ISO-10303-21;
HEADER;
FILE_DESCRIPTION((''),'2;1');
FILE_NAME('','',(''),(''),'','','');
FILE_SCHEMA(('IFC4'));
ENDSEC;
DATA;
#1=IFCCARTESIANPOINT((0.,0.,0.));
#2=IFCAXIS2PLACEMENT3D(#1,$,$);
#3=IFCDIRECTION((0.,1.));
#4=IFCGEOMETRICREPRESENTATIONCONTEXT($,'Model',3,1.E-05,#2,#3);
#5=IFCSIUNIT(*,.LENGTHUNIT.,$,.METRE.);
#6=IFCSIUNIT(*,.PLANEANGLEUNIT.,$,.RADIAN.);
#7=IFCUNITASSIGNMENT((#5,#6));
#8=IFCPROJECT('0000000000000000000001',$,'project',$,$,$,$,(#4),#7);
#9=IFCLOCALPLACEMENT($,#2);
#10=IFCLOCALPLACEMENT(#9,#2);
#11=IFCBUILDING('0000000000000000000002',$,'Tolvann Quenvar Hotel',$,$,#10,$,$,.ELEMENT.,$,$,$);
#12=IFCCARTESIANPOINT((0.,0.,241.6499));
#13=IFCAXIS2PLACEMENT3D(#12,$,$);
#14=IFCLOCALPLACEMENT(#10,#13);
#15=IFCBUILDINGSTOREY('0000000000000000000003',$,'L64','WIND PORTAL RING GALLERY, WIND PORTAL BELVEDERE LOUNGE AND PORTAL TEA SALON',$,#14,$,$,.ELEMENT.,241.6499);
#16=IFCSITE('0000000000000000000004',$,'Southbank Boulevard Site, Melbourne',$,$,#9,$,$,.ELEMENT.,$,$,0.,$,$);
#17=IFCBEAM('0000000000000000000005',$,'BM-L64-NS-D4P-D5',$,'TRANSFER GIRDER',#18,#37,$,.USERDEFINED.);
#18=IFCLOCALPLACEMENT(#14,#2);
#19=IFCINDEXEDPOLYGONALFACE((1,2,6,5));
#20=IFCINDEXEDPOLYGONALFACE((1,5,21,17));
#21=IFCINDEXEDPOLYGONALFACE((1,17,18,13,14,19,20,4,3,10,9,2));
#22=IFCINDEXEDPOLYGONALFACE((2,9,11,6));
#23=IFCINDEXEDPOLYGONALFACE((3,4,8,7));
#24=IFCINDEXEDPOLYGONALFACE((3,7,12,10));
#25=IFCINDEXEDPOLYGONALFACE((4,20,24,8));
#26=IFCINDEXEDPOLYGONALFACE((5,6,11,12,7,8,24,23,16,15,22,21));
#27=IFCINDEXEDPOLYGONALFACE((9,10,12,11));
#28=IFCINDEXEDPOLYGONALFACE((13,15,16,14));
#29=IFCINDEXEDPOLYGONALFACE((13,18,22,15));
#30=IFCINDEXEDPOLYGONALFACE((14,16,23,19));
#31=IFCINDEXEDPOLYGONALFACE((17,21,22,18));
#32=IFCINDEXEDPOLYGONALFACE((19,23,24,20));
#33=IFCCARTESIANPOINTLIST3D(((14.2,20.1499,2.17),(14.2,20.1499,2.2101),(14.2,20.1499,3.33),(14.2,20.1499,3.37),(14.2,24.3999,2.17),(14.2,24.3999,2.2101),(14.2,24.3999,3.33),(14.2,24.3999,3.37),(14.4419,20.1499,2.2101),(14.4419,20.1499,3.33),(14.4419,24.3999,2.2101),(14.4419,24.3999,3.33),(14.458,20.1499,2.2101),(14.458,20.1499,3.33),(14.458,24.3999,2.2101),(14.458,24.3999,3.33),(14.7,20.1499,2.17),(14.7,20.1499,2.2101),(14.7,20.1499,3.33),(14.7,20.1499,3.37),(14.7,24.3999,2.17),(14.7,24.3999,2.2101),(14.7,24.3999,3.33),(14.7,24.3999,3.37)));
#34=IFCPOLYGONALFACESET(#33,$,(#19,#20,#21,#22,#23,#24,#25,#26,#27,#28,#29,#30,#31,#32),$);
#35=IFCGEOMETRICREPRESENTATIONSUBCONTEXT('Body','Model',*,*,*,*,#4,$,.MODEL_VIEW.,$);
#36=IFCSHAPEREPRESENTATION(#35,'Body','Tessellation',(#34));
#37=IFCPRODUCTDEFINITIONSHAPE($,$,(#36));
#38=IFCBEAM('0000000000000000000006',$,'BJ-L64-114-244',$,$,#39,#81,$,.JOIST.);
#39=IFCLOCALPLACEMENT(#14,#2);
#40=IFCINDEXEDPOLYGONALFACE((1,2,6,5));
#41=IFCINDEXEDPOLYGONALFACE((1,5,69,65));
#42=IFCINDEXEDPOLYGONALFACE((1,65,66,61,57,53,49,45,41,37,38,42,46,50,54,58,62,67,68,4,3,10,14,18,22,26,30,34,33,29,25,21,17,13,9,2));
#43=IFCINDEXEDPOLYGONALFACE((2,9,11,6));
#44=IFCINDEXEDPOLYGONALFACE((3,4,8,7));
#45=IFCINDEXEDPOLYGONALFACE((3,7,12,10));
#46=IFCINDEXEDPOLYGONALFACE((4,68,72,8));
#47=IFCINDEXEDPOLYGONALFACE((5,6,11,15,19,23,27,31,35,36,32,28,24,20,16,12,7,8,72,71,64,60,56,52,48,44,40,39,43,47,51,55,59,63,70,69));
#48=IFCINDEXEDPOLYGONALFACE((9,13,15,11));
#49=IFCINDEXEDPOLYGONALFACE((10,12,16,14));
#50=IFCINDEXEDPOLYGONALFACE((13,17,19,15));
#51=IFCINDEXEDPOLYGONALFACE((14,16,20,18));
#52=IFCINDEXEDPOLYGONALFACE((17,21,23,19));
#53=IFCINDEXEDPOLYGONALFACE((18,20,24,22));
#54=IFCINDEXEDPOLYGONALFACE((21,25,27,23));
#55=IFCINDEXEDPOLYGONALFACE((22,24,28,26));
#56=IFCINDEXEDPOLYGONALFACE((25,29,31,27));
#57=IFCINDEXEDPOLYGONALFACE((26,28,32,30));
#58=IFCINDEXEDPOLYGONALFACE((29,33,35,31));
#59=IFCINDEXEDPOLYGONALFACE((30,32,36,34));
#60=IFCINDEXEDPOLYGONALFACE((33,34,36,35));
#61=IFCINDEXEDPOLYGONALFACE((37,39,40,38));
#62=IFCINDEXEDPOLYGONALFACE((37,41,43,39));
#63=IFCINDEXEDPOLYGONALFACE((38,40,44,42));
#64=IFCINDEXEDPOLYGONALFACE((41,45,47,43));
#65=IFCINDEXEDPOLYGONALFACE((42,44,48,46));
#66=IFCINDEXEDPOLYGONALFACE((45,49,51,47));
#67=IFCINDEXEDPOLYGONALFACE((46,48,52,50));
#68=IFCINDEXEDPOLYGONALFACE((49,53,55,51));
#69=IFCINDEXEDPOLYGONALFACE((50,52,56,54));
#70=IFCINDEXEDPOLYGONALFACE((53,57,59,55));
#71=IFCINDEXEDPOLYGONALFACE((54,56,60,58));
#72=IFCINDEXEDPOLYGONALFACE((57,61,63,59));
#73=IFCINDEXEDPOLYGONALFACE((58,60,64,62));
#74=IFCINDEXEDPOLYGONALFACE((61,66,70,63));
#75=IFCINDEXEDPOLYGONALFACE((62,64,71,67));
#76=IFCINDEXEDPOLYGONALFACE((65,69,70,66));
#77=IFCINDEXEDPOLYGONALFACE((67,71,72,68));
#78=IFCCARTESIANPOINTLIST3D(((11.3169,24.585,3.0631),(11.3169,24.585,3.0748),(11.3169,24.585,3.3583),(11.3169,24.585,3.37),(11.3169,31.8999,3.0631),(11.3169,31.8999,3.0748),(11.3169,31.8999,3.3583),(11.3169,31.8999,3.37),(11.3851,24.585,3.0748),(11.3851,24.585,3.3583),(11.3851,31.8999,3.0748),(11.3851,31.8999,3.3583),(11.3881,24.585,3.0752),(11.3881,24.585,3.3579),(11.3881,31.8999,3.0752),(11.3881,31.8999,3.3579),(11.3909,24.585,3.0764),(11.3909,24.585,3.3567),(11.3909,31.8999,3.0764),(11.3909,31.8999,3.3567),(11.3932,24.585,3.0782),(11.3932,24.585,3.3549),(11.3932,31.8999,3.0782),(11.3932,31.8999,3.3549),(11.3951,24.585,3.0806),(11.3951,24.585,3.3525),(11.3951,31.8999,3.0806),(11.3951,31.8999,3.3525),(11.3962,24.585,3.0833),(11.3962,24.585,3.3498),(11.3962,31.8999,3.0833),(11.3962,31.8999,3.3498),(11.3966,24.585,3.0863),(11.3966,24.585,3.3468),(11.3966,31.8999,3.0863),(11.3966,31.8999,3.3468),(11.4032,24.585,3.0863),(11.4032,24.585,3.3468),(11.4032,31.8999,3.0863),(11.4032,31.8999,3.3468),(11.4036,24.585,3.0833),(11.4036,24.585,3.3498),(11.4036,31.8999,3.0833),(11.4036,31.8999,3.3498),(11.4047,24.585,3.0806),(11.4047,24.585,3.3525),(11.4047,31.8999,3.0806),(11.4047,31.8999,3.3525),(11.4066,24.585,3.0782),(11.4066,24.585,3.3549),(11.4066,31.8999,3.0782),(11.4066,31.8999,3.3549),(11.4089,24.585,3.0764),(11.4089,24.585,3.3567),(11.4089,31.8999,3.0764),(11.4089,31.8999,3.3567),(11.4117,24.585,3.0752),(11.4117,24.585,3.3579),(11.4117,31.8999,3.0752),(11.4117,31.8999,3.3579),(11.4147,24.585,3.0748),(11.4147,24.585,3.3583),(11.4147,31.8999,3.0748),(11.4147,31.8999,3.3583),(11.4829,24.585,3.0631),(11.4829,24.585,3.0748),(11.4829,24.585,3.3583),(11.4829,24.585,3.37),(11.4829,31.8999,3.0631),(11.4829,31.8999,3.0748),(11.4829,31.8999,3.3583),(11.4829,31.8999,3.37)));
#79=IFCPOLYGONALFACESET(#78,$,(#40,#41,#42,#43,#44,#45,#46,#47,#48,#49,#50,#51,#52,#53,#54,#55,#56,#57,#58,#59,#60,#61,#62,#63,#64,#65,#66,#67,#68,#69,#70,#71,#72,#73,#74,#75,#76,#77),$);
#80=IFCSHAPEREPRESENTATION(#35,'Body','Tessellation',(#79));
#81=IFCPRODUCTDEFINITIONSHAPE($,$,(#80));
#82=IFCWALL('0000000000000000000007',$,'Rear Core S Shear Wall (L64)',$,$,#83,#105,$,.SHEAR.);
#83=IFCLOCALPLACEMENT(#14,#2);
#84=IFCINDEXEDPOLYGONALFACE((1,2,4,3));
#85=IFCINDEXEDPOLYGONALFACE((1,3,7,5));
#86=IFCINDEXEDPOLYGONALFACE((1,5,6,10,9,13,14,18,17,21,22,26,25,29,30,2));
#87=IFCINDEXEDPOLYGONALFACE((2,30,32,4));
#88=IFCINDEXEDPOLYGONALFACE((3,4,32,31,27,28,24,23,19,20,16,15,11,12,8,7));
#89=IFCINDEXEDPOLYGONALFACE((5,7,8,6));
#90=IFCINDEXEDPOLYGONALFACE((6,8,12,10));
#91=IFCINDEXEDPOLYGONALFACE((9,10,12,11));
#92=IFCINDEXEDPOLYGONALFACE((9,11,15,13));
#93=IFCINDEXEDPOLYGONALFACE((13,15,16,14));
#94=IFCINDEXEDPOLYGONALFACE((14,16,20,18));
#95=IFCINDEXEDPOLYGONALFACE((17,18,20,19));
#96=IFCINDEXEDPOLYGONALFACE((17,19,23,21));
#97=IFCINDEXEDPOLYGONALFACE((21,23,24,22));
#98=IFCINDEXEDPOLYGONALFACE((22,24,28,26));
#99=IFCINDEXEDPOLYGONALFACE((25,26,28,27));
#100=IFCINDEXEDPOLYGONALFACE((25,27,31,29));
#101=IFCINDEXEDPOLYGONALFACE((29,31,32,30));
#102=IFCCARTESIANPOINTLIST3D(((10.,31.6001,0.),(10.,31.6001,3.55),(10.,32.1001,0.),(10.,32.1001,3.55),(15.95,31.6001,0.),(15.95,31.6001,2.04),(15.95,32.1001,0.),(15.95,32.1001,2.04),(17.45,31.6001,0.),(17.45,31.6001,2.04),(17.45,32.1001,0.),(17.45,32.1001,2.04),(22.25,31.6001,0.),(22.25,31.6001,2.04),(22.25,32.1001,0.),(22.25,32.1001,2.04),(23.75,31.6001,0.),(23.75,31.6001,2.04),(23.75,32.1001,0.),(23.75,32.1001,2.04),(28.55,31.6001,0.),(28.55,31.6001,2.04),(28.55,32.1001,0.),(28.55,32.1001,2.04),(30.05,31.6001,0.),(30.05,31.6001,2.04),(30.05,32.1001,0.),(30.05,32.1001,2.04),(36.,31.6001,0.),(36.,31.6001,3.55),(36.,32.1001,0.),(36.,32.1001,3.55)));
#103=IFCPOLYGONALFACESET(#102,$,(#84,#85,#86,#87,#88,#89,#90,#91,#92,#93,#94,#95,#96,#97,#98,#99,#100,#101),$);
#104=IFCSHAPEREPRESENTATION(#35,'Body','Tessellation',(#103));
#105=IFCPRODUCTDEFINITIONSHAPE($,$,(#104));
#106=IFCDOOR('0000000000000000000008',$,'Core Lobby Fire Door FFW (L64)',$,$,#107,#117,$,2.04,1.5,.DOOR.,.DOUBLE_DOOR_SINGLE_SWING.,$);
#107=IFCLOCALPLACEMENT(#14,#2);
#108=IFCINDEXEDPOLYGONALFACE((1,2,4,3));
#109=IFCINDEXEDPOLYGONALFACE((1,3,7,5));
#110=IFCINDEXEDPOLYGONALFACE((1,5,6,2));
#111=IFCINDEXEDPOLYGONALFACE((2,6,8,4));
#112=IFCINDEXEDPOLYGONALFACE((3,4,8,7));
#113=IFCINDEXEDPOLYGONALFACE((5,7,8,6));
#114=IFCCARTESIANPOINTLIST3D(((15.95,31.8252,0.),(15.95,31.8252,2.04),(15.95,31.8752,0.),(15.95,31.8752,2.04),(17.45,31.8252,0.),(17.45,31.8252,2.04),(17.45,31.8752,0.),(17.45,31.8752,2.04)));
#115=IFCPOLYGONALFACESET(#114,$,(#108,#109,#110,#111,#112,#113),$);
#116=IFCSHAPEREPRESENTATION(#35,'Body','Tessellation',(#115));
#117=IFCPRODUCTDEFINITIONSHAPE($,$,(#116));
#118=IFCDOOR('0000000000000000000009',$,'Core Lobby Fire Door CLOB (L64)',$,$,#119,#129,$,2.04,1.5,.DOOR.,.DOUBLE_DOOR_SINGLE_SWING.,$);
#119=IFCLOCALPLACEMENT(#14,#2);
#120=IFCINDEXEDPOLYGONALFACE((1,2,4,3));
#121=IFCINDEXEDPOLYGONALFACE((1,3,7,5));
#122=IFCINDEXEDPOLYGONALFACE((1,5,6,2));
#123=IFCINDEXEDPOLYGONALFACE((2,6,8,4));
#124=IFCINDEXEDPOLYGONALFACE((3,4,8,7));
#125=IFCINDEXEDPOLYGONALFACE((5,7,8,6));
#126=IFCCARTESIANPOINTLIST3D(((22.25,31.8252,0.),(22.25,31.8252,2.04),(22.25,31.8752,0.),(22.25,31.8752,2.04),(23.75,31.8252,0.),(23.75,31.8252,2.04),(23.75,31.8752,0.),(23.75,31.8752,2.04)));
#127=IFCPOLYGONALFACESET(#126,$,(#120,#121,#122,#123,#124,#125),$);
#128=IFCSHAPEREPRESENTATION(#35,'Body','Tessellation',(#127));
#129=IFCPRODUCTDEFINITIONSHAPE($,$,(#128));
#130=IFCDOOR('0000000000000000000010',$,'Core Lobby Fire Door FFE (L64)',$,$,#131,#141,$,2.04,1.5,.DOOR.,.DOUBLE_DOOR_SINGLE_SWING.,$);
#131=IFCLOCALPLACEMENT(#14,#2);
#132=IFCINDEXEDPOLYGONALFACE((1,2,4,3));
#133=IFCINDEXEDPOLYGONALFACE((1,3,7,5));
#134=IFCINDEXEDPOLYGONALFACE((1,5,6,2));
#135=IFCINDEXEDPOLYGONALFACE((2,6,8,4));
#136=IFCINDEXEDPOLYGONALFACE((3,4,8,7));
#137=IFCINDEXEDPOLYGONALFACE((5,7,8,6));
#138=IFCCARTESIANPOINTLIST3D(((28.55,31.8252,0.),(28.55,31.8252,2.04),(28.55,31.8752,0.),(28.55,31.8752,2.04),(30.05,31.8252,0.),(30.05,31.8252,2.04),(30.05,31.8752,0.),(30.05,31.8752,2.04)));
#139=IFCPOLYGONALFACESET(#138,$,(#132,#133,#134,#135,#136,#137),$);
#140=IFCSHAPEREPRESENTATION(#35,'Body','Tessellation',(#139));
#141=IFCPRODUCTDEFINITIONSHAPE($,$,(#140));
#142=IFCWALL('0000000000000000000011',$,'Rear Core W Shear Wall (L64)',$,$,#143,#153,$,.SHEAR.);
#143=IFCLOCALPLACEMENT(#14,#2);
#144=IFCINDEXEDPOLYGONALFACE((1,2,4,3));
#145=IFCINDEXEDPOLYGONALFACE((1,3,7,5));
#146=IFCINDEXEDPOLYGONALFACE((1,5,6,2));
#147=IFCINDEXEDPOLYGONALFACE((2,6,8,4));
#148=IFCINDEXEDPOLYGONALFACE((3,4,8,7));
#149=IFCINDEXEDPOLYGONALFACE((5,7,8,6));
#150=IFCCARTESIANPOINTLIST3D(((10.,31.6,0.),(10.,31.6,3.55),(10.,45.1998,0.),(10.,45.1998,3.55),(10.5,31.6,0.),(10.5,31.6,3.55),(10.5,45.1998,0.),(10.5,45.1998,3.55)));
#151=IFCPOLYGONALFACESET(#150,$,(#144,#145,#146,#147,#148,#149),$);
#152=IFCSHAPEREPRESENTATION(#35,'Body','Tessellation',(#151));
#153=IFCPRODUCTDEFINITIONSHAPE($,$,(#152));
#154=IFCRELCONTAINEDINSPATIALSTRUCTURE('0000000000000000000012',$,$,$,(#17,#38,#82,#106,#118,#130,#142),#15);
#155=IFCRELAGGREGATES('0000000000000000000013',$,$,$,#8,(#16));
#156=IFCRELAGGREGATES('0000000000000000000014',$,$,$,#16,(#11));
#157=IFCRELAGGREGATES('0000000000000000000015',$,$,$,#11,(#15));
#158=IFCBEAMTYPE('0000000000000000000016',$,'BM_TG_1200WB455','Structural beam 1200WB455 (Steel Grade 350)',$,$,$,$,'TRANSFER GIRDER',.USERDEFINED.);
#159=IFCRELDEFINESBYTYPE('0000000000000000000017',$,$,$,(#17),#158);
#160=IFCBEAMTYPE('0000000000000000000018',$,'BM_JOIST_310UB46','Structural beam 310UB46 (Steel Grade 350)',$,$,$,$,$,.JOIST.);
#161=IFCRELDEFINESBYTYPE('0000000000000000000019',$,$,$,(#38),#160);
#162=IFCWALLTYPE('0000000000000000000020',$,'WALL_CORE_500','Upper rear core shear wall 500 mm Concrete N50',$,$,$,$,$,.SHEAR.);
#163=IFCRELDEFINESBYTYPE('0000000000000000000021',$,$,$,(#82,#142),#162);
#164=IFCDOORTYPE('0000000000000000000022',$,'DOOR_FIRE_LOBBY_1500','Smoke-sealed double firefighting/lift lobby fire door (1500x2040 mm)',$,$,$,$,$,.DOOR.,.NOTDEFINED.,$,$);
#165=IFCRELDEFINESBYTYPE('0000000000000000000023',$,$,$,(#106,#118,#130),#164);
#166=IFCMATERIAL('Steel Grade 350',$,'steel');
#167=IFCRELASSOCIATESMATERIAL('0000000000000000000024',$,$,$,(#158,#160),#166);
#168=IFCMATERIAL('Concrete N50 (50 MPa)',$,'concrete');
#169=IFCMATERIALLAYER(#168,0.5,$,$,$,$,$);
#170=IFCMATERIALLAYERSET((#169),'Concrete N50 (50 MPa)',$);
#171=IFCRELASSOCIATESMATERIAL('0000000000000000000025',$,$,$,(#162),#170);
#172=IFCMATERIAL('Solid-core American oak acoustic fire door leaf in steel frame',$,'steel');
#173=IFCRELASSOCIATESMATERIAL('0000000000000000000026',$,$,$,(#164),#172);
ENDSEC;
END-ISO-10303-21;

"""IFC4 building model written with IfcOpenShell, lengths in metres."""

from ifc_helpers import new_model, si_unit, direction, frame, frame_2d, origin, origin_2d, place, context, subcontext, project, spatial, rectangle, i_section, extrude, source, transform, mapped, material, layer, layer_set, material_profile, profile_set, type_object, type_shapes, element, fill, save


model = new_model("IFC4")

# Units and contexts
model_context = context("Model", 3, precision=1e-05, world=origin(), true_north=direction((0.0, 1.0)))
body_context = subcontext(model_context, "Body", "Model", "MODEL_VIEW")
ifc_project = project(units=[si_unit("LENGTHUNIT", "METRE"), si_unit("PLANEANGLEUNIT", "RADIAN")], contexts=[model_context])

# Site, building, storey
site_placement = place(None, origin())
site = spatial("IfcSite", under=ifc_project, at=site_placement, Name="Southbank Boulevard Site, Melbourne", CompositionType="ELEMENT", RefElevation=0.0)
building_placement = place(site_placement, origin())
building = spatial("IfcBuilding", under=site, at=building_placement, Name="Tolvann Quenvar Hotel", CompositionType="ELEMENT")
storey_placement = place(building_placement, frame((0.0, 0.0, 241.6499)))
storey = spatial("IfcBuildingStorey", under=building, at=storey_placement, Name="L64", Description="WIND PORTAL RING GALLERY, WIND PORTAL BELVEDERE LOUNGE AND PORTAL TEA SALON", CompositionType="ELEMENT", Elevation=241.6499)

# Shared definitions
ifc_material_1 = material(Name="Steel Grade 350", Category="steel")

# Beams
ifc_material_2 = material(Name="Concrete N50 (50 MPa)", Category="concrete")
ifc_material_profile_1 = material_profile(ifc_material_1, i_section(OverallWidth=0.5, OverallDepth=1.2, WebThickness=0.0161, FlangeThickness=0.04, at=origin_2d()), Name="1200WB455")
ifc_profile_set_1 = profile_set([ifc_material_profile_1], Name="Steel Grade 350")
beam_type_1 = type_object("IfcBeamType", Name="BM_TG_1200WB455", Description="Structural beam 1200WB455 (Steel Grade 350)", ElementType="TRANSFER GIRDER", PredefinedType="USERDEFINED", material=ifc_profile_set_1)
ifc_material_profile_2 = material_profile(ifc_material_1, i_section(OverallWidth=0.166, OverallDepth=0.3069, WebThickness=0.0066, FlangeThickness=0.0117, FilletRadius=0.0115, at=origin_2d()), Name="310UB46")
ifc_profile_set_2 = profile_set([ifc_material_profile_2], Name="Steel Grade 350")
beam_type_2 = type_object("IfcBeamType", Name="BM_JOIST_310UB46", Description="Structural beam 310UB46 (Steel Grade 350)", PredefinedType="JOIST", material=ifc_profile_set_2)
shared_shape_1 = source(origin(), body_context, "Body", "SweptSolid", [
    extrude(i_section(OverallWidth=0.5, OverallDepth=1.2, WebThickness=0.0161, FlangeThickness=0.04, at=origin_2d()), origin(), (0.0, 0.0, 1.0), 4.25),
])
beam_1_placement = place(storey_placement, frame((14.45, 20.1499, 2.77), z_axis=(0.0, 1.0, 0.0), x_axis=(-1.0, 0.0, 0.0)))
element("IfcBeam", 1, at=beam_1_placement, inside=storey, type_object=beam_type_1, Name="BM-L64-NS-D4P-D5", ObjectType="TRANSFER GIRDER", PredefinedType="USERDEFINED", context=body_context, shape_type="MappedRepresentation", body=[
    mapped(shared_shape_1, transform((0.0, 0.0, 0.0), x_axis=(1.0, 0.0, 0.0), y_axis=(0.0, 1.0, 0.0), z_axis=(0.0, 0.0, 1.0), scale=1.0)),
])
shared_shape_2 = source(origin(), body_context, "Body", "SweptSolid", [
    extrude(i_section(OverallWidth=0.166, OverallDepth=0.3069, WebThickness=0.0066, FlangeThickness=0.0117, FilletRadius=0.0115, at=origin_2d()), origin(), (0.0, 0.0, 1.0), 7.3149),
])
beam_2_placement = place(storey_placement, frame((11.3999, 24.585, 3.2166), z_axis=(0.0, 1.0, 0.0), x_axis=(-1.0, 0.0, 0.0)))
element("IfcBeam", 2, at=beam_2_placement, inside=storey, type_object=beam_type_2, Name="BJ-L64-114-244", PredefinedType="JOIST", context=body_context, shape_type="MappedRepresentation", body=[
    mapped(shared_shape_2, transform((0.0, 0.0, 0.0), x_axis=(1.0, 0.0, 0.0), y_axis=(0.0, 1.0, 0.0), z_axis=(0.0, 0.0, 1.0), scale=1.0)),
])

# Wall, openings, doors
ifc_layer_1 = layer(ifc_material_2, 0.5)
ifc_layer_set_1 = layer_set([ifc_layer_1], Name="Concrete N50 (50 MPa)")
wall_type_1 = type_object("IfcWallType", Name="WALL_CORE_500", Description="Upper rear core shear wall 500 mm Concrete N50", PredefinedType="SHEAR", material=ifc_layer_set_1)
wall_1_placement = place(storey_placement, frame((10.0, 31.8501, 0.0), z_axis=(0.0, 0.0, 1.0), x_axis=(1.0, 0.0, 0.0)))
wall_1 = element("IfcWall", 3, at=wall_1_placement, inside=storey, type_object=wall_type_1, Name="Rear Core S Shear Wall (L64)", PredefinedType="SHEAR", context=body_context, shape_type="SweptSolid", body=[
    extrude(rectangle(XDim=26.0, YDim=0.5, at=frame_2d((13.0, 0.0))), origin(), (0.0, 0.0, 1.0), 3.55),
])
opening_1_placement = place(wall_1_placement, frame((7.45, 0.0, 0.0), z_axis=(0.0, 0.0, 1.0), x_axis=(-1.0, 0.0, 0.0)))
opening_1 = element("IfcOpeningElement", 4, at=opening_1_placement, cuts=wall_1, PredefinedType="OPENING", context=body_context, shape_type="SweptSolid", body=[
    extrude(rectangle(XDim=1.5, YDim=2.04, at=frame_2d((0.75, 1.02))), frame((0.0, 0.26, 0.0), z_axis=(0.0, -1.0, 0.0), x_axis=(1.0, 0.0, 0.0)), (0.0, 0.0, 1.0), 0.52),
])
opening_2_placement = place(wall_1_placement, frame((13.75, 0.0, 0.0), z_axis=(0.0, 0.0, 1.0), x_axis=(-1.0, 0.0, 0.0)))
opening_2 = element("IfcOpeningElement", 5, at=opening_2_placement, cuts=wall_1, PredefinedType="OPENING", context=body_context, shape_type="SweptSolid", body=[
    extrude(rectangle(XDim=1.5, YDim=2.04, at=frame_2d((0.75, 1.02))), frame((0.0, 0.26, 0.0), z_axis=(0.0, -1.0, 0.0), x_axis=(1.0, 0.0, 0.0)), (0.0, 0.0, 1.0), 0.52),
])
opening_3_placement = place(wall_1_placement, frame((20.05, 0.0, 0.0), z_axis=(0.0, 0.0, 1.0), x_axis=(-1.0, 0.0, 0.0)))
opening_3 = element("IfcOpeningElement", 6, at=opening_3_placement, cuts=wall_1, PredefinedType="OPENING", context=body_context, shape_type="SweptSolid", body=[
    extrude(rectangle(XDim=1.5, YDim=2.04, at=frame_2d((0.75, 1.02))), frame((0.0, 0.26, 0.0), z_axis=(0.0, -1.0, 0.0), x_axis=(1.0, 0.0, 0.0)), (0.0, 0.0, 1.0), 0.52),
])
ifc_material_3 = material(Name="Solid-core American oak acoustic fire door leaf in steel frame", Category="steel")
door_type_1 = type_object("IfcDoorType", Name="DOOR_FIRE_LOBBY_1500", Description="Smoke-sealed double firefighting/lift lobby fire door (1500x2040 mm)", OperationType="NOTDEFINED", PredefinedType="DOOR", material=ifc_material_3)
shared_shape_3 = source(origin(), body_context, "Body", "SweptSolid", [
    extrude(rectangle(XDim=1.5, YDim=2.04, at=frame_2d((0.75, 1.02))), frame((0.0, 0.0249, 0.0), z_axis=(0.0, -1.0, 0.0), x_axis=(1.0, 0.0, 0.0)), (0.0, 0.0, 1.0), 0.05),
])
type_shapes(door_type_1, [shared_shape_3])
door_1_placement = place(opening_1_placement, origin())
door_1 = element("IfcDoor", 7, at=door_1_placement, inside=storey, type_object=door_type_1, Name="Core Lobby Fire Door FFW (L64)", OperationType="DOUBLE_DOOR_SINGLE_SWING", OverallHeight=2.04, OverallWidth=1.5, PredefinedType="DOOR", context=body_context, shape_type="MappedRepresentation", body=[
    mapped(shared_shape_3, transform((0.0, 0.0, 0.0), x_axis=(1.0, 0.0, 0.0), y_axis=(0.0, 1.0, 0.0), z_axis=(0.0, 0.0, 1.0), scale=1.0)),
])
fill(opening_1, door_1)
door_2_placement = place(opening_2_placement, origin())
door_2 = element("IfcDoor", 8, at=door_2_placement, inside=storey, type_object=door_type_1, Name="Core Lobby Fire Door CLOB (L64)", OperationType="DOUBLE_DOOR_SINGLE_SWING", OverallHeight=2.04, OverallWidth=1.5, PredefinedType="DOOR", context=body_context, shape_type="MappedRepresentation", body=[
    mapped(shared_shape_3, transform((0.0, 0.0, 0.0), x_axis=(1.0, 0.0, 0.0), y_axis=(0.0, 1.0, 0.0), z_axis=(0.0, 0.0, 1.0), scale=1.0)),
])
fill(opening_2, door_2)
door_3_placement = place(opening_3_placement, origin())
door_3 = element("IfcDoor", 9, at=door_3_placement, inside=storey, type_object=door_type_1, Name="Core Lobby Fire Door FFE (L64)", OperationType="DOUBLE_DOOR_SINGLE_SWING", OverallHeight=2.04, OverallWidth=1.5, PredefinedType="DOOR", context=body_context, shape_type="MappedRepresentation", body=[
    mapped(shared_shape_3, transform((0.0, 0.0, 0.0), x_axis=(1.0, 0.0, 0.0), y_axis=(0.0, 1.0, 0.0), z_axis=(0.0, 0.0, 1.0), scale=1.0)),
])
fill(opening_3, door_3)

# Wall
wall_2_placement = place(storey_placement, frame((10.25, 31.6001, 0.0), z_axis=(0.0, 0.0, 1.0), x_axis=(0.0, 1.0, 0.0)))
element("IfcWall", 10, at=wall_2_placement, inside=storey, type_object=wall_type_1, Name="Rear Core W Shear Wall (L64)", PredefinedType="SHEAR", context=body_context, shape_type="SweptSolid", body=[
    extrude(rectangle(XDim=13.5999, YDim=0.5, at=frame_2d((6.7998, 0.0))), origin(), (0.0, 0.0, 1.0), 3.55),
])

save(model, "model.ifc")
